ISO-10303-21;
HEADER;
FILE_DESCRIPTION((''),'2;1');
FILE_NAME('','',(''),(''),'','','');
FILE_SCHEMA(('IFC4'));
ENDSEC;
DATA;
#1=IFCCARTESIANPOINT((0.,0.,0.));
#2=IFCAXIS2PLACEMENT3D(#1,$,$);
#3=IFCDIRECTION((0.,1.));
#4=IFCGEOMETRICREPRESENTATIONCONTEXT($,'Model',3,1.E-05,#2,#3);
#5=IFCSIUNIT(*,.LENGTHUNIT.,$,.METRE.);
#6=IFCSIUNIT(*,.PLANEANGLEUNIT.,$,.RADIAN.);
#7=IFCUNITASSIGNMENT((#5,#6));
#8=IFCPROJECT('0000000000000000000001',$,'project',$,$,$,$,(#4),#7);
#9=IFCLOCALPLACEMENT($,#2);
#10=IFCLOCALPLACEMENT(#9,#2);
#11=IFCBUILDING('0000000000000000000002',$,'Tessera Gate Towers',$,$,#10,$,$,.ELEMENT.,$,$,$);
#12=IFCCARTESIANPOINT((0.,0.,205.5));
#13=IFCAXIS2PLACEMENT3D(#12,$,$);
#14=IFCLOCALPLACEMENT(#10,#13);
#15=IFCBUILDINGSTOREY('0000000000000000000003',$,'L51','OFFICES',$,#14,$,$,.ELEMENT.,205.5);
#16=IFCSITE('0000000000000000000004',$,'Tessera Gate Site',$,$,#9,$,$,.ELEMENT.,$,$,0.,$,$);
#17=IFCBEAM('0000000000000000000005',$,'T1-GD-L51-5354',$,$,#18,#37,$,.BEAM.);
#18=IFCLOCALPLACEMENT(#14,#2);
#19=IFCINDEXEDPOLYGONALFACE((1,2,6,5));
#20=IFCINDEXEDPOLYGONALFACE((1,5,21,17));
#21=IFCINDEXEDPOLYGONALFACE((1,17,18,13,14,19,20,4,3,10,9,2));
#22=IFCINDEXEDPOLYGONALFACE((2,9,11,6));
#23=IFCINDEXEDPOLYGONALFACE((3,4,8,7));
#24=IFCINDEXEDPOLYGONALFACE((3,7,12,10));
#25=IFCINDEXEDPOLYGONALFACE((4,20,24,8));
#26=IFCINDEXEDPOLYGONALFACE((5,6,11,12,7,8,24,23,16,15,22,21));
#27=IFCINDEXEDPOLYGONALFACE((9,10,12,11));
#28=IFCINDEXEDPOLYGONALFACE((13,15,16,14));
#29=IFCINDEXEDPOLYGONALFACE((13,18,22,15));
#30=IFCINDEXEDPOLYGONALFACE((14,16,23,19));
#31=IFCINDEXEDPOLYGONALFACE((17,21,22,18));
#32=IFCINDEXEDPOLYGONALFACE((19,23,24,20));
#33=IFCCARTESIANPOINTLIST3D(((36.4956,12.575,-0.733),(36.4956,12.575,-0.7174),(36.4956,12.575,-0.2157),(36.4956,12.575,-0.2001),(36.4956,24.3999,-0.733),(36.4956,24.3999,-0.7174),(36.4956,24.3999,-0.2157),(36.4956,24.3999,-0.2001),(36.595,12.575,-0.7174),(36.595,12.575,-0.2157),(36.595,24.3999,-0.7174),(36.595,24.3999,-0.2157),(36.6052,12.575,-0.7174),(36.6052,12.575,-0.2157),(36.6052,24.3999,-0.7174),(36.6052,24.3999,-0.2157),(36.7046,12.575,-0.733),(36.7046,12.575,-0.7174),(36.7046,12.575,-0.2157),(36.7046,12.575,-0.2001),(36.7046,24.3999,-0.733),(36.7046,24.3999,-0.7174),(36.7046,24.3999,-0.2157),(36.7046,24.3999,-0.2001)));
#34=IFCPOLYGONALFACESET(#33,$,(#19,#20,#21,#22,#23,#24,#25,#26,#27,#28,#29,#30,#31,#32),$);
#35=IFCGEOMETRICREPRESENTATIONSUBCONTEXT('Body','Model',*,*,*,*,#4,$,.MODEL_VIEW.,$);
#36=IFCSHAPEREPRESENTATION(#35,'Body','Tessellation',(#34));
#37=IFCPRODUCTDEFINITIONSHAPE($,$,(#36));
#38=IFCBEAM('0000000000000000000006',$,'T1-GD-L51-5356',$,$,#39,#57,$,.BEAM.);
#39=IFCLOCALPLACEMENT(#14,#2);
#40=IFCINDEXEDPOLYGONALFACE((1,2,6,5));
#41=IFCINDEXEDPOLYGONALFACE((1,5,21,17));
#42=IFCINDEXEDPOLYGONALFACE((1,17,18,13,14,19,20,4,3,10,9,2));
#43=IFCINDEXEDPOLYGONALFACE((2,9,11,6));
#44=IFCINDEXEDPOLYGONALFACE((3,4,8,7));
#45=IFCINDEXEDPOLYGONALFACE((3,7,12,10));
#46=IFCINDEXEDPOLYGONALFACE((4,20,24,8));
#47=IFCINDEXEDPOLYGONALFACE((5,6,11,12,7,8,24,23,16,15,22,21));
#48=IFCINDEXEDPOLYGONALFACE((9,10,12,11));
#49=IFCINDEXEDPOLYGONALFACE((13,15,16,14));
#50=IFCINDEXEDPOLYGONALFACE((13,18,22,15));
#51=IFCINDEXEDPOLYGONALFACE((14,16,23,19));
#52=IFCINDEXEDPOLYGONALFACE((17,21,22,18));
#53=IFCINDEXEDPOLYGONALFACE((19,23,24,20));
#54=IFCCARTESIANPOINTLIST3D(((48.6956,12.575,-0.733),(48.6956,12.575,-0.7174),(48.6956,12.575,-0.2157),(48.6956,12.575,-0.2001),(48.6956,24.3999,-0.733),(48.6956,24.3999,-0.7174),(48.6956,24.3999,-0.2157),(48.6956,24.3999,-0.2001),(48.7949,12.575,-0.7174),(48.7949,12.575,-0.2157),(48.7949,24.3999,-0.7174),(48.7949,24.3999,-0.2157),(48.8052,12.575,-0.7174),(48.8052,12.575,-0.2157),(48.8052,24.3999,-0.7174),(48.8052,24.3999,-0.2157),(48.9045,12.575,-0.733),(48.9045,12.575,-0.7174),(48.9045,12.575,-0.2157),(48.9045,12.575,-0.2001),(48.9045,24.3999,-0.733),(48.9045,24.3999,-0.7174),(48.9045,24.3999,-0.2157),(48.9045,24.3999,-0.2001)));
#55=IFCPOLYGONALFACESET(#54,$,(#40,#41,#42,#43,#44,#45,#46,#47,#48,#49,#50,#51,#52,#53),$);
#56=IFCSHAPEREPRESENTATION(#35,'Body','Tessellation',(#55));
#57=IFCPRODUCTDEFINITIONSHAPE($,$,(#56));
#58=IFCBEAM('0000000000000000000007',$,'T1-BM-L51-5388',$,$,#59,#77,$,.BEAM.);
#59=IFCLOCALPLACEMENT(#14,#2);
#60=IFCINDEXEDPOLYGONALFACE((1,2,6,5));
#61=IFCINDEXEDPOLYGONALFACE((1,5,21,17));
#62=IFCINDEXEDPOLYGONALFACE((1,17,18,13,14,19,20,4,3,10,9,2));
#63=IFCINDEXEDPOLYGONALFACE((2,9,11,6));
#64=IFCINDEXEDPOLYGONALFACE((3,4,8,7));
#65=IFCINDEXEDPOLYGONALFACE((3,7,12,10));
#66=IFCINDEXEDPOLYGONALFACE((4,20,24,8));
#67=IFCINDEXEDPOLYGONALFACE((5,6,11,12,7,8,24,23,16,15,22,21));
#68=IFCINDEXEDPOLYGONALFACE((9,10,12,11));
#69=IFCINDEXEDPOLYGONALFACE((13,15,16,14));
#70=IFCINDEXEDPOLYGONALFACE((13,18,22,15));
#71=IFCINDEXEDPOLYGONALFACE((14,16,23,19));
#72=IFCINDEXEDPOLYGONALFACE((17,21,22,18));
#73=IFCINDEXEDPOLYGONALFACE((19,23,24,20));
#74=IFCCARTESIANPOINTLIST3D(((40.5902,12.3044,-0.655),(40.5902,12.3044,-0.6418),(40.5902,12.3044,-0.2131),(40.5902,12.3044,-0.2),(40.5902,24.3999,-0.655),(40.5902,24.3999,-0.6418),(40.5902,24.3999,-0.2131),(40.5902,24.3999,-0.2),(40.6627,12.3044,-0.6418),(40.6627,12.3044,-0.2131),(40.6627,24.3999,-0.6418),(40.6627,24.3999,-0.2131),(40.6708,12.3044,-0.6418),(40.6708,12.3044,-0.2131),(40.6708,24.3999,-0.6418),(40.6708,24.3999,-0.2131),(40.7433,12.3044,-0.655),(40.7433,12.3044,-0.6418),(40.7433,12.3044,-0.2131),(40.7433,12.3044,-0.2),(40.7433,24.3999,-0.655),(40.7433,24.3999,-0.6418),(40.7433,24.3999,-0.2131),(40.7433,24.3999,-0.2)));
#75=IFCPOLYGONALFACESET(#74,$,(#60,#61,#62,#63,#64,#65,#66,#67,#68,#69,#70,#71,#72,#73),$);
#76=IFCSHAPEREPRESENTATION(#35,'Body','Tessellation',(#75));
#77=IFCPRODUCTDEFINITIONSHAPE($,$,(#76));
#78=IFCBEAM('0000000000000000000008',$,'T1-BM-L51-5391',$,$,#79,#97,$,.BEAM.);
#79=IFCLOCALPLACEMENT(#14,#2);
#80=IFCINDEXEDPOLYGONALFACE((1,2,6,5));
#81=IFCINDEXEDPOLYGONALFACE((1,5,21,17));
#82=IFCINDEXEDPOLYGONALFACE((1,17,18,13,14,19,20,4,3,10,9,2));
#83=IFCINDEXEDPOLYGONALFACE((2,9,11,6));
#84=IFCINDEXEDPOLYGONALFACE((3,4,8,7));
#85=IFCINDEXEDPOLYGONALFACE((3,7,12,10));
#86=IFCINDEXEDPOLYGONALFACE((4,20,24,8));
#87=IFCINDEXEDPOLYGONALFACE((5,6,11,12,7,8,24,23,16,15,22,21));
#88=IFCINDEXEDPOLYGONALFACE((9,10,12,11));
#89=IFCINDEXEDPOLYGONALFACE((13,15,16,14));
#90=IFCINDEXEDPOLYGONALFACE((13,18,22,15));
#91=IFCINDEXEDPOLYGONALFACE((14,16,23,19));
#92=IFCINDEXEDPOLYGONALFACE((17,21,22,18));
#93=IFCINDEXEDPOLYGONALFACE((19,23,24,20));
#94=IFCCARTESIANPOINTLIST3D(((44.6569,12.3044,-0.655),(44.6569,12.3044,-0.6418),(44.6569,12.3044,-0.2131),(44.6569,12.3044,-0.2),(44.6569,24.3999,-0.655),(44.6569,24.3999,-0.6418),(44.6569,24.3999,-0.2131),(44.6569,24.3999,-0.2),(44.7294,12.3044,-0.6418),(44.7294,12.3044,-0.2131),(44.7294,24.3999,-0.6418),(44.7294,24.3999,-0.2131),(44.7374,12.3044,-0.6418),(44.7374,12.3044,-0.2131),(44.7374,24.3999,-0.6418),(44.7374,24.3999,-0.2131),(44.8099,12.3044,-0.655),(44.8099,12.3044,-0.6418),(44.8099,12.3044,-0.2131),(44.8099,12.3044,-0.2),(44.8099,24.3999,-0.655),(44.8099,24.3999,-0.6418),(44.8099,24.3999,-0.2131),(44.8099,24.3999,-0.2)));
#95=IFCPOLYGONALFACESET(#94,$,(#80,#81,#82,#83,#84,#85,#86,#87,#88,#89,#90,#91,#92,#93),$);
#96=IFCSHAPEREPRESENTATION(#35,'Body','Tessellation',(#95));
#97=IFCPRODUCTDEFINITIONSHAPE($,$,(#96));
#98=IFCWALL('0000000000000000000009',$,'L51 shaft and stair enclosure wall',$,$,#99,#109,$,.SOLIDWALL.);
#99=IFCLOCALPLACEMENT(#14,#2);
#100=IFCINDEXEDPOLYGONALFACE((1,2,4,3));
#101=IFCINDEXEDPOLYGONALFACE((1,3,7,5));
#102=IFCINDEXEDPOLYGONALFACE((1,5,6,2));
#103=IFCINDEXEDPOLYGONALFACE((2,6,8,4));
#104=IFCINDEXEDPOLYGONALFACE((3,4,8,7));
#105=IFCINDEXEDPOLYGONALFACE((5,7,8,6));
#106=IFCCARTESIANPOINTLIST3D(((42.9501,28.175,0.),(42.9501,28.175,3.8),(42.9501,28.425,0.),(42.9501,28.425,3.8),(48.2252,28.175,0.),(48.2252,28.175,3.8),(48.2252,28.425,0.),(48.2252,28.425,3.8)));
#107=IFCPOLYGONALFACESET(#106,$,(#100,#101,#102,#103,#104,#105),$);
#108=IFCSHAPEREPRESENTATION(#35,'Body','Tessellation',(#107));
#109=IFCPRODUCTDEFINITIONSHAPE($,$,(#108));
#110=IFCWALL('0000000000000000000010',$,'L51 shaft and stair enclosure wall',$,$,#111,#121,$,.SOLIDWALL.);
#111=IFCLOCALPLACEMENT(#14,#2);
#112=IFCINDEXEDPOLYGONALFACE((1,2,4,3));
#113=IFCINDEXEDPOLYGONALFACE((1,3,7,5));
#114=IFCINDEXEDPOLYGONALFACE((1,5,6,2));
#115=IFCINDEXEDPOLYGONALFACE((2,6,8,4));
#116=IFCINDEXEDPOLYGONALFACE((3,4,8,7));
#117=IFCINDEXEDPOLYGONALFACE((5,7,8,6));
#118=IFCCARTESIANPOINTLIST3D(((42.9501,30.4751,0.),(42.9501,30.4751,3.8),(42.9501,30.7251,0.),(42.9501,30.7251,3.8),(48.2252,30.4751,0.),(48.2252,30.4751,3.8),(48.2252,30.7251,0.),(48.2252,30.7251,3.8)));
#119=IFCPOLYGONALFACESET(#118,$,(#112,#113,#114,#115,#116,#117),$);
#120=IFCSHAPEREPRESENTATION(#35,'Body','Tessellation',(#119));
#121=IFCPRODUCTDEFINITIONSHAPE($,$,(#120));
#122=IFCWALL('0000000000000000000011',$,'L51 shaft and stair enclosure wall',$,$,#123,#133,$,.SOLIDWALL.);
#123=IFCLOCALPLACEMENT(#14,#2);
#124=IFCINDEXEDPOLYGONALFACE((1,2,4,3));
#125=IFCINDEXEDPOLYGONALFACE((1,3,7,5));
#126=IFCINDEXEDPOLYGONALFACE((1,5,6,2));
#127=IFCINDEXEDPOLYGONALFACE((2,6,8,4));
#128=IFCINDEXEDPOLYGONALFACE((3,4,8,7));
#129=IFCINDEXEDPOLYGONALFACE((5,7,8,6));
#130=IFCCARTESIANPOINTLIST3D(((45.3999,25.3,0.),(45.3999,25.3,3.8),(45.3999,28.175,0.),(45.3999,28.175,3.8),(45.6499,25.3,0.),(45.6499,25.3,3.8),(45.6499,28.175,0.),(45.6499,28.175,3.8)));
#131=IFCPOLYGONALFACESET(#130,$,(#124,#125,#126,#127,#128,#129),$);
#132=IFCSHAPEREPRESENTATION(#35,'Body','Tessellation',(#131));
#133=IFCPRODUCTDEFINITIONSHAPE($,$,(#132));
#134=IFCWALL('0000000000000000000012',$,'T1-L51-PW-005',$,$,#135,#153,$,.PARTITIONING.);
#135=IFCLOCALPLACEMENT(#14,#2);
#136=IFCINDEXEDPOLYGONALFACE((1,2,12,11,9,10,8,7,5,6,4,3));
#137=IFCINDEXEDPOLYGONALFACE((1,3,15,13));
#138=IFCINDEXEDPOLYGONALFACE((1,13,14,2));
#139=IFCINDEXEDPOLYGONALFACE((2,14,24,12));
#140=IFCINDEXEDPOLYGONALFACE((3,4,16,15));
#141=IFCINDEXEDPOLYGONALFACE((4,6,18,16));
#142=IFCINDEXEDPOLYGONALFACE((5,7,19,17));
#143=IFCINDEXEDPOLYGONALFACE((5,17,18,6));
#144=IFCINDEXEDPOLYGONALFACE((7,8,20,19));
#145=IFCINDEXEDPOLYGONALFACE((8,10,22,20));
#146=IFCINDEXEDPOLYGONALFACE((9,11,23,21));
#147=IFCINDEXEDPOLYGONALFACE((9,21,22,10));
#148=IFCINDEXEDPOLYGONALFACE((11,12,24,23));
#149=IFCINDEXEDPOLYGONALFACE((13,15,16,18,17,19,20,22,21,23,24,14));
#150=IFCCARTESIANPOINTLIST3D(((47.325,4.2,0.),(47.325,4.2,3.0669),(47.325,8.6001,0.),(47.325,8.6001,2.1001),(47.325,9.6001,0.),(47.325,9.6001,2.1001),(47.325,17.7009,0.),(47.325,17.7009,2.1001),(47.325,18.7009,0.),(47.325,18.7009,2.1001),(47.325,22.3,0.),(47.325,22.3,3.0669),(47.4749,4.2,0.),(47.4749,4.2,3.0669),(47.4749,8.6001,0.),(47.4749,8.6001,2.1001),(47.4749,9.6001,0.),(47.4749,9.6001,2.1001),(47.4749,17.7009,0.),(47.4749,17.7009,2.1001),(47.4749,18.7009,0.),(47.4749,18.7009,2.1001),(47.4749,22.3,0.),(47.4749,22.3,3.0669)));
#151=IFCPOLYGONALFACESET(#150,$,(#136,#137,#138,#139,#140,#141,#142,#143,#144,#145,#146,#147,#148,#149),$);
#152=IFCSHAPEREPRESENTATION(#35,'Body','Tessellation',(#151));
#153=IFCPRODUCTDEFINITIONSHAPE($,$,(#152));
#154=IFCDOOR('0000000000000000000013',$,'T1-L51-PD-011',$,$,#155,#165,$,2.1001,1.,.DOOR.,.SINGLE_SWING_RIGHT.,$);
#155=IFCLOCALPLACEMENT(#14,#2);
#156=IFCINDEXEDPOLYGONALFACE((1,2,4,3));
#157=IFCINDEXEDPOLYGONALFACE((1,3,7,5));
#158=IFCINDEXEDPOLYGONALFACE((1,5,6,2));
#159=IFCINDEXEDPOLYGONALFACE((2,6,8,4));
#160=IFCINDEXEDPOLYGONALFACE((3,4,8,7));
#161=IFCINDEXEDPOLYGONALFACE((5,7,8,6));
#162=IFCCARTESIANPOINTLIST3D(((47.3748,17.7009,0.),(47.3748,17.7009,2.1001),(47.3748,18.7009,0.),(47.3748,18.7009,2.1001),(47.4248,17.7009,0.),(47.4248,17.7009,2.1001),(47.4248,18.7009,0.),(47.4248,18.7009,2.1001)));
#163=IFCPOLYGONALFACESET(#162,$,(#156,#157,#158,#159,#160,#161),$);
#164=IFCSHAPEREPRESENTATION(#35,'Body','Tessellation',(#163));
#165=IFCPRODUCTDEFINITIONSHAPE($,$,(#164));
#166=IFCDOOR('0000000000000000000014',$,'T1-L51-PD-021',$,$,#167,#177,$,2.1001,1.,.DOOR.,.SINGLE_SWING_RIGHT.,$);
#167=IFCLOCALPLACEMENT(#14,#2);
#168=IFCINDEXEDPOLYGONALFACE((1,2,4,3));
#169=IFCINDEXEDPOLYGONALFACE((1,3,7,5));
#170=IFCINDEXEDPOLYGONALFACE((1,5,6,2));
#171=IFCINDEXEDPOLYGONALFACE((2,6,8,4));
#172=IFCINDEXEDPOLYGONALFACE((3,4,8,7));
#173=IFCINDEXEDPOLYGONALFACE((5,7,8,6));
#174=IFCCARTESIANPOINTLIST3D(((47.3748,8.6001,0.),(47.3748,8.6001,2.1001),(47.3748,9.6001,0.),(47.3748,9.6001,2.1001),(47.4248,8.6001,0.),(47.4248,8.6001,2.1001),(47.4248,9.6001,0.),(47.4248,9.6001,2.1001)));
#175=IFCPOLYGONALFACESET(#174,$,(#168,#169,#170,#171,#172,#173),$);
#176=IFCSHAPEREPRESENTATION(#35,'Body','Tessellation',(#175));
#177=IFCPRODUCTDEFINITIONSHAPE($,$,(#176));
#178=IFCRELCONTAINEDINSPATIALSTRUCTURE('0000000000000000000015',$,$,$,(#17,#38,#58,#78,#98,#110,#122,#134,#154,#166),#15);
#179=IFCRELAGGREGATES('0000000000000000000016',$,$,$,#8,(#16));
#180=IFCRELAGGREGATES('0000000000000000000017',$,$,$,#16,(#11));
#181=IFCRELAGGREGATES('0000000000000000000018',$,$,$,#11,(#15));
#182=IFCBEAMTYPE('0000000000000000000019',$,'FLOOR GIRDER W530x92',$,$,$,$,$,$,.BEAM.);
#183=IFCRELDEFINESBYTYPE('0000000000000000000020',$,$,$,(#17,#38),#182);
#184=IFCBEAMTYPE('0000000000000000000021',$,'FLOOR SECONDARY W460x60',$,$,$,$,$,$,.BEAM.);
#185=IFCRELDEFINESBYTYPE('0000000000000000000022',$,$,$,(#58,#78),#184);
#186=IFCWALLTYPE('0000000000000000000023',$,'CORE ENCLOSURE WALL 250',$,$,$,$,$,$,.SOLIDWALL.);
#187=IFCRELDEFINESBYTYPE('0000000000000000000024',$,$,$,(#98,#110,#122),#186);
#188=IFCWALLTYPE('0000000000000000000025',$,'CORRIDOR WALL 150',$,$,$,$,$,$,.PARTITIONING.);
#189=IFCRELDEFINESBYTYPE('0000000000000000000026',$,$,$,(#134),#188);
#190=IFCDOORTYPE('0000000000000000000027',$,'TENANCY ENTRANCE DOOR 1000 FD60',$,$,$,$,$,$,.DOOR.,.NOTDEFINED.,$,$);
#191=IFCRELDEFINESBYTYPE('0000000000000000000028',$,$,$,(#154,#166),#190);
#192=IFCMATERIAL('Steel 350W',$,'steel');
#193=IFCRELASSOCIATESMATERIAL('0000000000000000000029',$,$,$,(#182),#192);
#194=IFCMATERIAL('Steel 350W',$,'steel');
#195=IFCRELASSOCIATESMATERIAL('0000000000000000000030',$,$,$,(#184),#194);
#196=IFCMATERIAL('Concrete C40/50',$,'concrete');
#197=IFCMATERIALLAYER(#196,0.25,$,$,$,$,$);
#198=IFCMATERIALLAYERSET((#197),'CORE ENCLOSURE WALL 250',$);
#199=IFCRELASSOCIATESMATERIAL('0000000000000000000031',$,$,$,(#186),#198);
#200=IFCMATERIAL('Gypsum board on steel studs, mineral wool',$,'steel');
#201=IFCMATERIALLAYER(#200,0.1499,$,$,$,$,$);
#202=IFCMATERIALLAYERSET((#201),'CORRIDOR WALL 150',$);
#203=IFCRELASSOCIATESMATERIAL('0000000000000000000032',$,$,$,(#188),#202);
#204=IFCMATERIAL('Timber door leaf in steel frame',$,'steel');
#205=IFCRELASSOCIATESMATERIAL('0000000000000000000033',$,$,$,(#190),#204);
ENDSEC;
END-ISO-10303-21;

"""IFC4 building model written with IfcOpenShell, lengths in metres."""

from ifc_helpers import new_model, si_unit, direction, frame, frame_2d, origin, origin_2d, place, context, subcontext, project, spatial, rectangle, i_section, extrude, source, transform, mapped, material, layer, layer_set, material_profile, profile_set, type_object, element, fill, save


model = new_model("IFC4")

# Units and contexts
model_context = context("Model", 3, precision=1e-05, world=origin(), true_north=direction((0.0, 1.0)))
body_context = subcontext(model_context, "Body", "Model", "MODEL_VIEW")
ifc_project = project(units=[si_unit("LENGTHUNIT", "METRE"), si_unit("PLANEANGLEUNIT", "RADIAN")], contexts=[model_context])

# Site, building, storey
site_placement = place(None, origin())
site = spatial("IfcSite", under=ifc_project, at=site_placement, Name="Tessera Gate Site", CompositionType="ELEMENT", RefElevation=0.0)
building_placement = place(site_placement, origin())
building = spatial("IfcBuilding", under=site, at=building_placement, Name="Tessera Gate Towers", CompositionType="ELEMENT")
storey_placement = place(building_placement, frame((0.0, 0.0, 205.5)))
storey = spatial("IfcBuildingStorey", under=building, at=storey_placement, Name="L51", Description="OFFICES", CompositionType="ELEMENT", Elevation=205.5)

# Beams
ifc_material_1 = material(Name="Steel 350W", Category="steel")
ifc_material_profile_1 = material_profile(ifc_material_1, i_section(OverallWidth=0.209, OverallDepth=0.533, WebThickness=0.0103, FlangeThickness=0.0156, at=origin_2d()), Name="W530x92")
ifc_profile_set_1 = profile_set([ifc_material_profile_1], Name="Steel 350W")
beam_type_1 = type_object("IfcBeamType", Name="FLOOR GIRDER W530x92", PredefinedType="BEAM", material=ifc_profile_set_1)
for number, where, z_axis, x_axis, name in (
    (1, (36.6001, 12.575, -0.4666), (0.0, 1.0, 0.0), (-1.0, 0.0, 0.0), "T1-GD-L51-5354"),
    (2, (48.8, 12.575, -0.4666), (0.0, 1.0, 0.0), (-1.0, 0.0, 0.0), "T1-GD-L51-5356"),
):
    element("IfcBeam", number, at=place(storey_placement, frame(where, z_axis=z_axis, x_axis=x_axis)), inside=storey, type_object=beam_type_1, Name=name, PredefinedType="BEAM", context=body_context, shape_type="SweptSolid", body=[
        extrude(i_section(OverallWidth=0.209, OverallDepth=0.533, WebThickness=0.0103, FlangeThickness=0.0156, at=origin_2d()), origin(), (0.0, 0.0, 1.0), 11.825),
    ])
ifc_material_2 = material(Name="Steel 350W", Category="steel")
ifc_material_profile_2 = material_profile(ifc_material_2, i_section(OverallWidth=0.1531, OverallDepth=0.4551, WebThickness=0.0081, FlangeThickness=0.0132, at=origin_2d()), Name="W460x60")
ifc_profile_set_2 = profile_set([ifc_material_profile_2], Name="Steel 350W")
beam_type_2 = type_object("IfcBeamType", Name="FLOOR SECONDARY W460x60", PredefinedType="BEAM", material=ifc_profile_set_2)
for number, where, z_axis, x_axis, name in (
    (3, (40.6667, 12.3044, -0.4275), (0.0, 1.0, 0.0), (-1.0, 0.0, 0.0), "T1-BM-L51-5388"),
    (4, (44.7334, 12.3044, -0.4275), (0.0, 1.0, 0.0), (-1.0, 0.0, 0.0), "T1-BM-L51-5391"),
):
    element("IfcBeam", number, at=place(storey_placement, frame(where, z_axis=z_axis, x_axis=x_axis)), inside=storey, type_object=beam_type_2, Name=name, PredefinedType="BEAM", context=body_context, shape_type="SweptSolid", body=[
        extrude(i_section(OverallWidth=0.1531, OverallDepth=0.4551, WebThickness=0.0081, FlangeThickness=0.0132, at=origin_2d()), origin(), (0.0, 0.0, 1.0), 12.0955),
    ])

# Walls
ifc_material_3 = material(Name="Concrete C40/50", Category="concrete")
ifc_layer_1 = layer(ifc_material_3, 0.25)
ifc_layer_set_1 = layer_set([ifc_layer_1], Name="CORE ENCLOSURE WALL 250")
wall_type_1 = type_object("IfcWallType", Name="CORE ENCLOSURE WALL 250", PredefinedType="SOLIDWALL", material=ifc_layer_set_1)
for number, where, z_axis, x_axis, name in (
    (5, (42.95, 28.3, 0.0), (0.0, 0.0, 1.0), (1.0, 0.0, 0.0), "L51 shaft and stair enclosure wall"),
    (6, (42.95, 30.6001, 0.0), (0.0, 0.0, 1.0), (1.0, 0.0, 0.0), "L51 shaft and stair enclosure wall"),
):
    element("IfcWall", number, at=place(storey_placement, frame(where, z_axis=z_axis, x_axis=x_axis)), inside=storey, type_object=wall_type_1, Name=name, PredefinedType="SOLIDWALL", context=body_context, shape_type="SweptSolid", body=[
        extrude(rectangle(XDim=5.2751, YDim=0.25, at=frame_2d((2.6377, 0.0))), origin(), (0.0, 0.0, 1.0), 3.8),
    ])
wall_1_placement = place(storey_placement, frame((45.5249, 25.3, 0.0), z_axis=(0.0, 0.0, 1.0), x_axis=(0.0, 1.0, 0.0)))
element("IfcWall", 7, at=wall_1_placement, inside=storey, type_object=wall_type_1, Name="L51 shaft and stair enclosure wall", PredefinedType="SOLIDWALL", context=body_context, shape_type="SweptSolid", body=[
    extrude(rectangle(XDim=2.875, YDim=0.25, at=frame_2d((1.4375, 0.0))), origin(), (0.0, 0.0, 1.0), 3.8),
])

# Wall, openings, doors
ifc_material_4 = material(Name="Gypsum board on steel studs, mineral wool", Category="steel")
ifc_layer_2 = layer(ifc_material_4, 0.1499)
ifc_layer_set_2 = layer_set([ifc_layer_2], Name="CORRIDOR WALL 150")
wall_type_2 = type_object("IfcWallType", Name="CORRIDOR WALL 150", PredefinedType="PARTITIONING", material=ifc_layer_set_2)
wall_2_placement = place(storey_placement, frame((47.3999, 22.3, 0.0), z_axis=(0.0, 0.0, 1.0), x_axis=(0.0, -1.0, 0.0)))
wall_2 = element("IfcWall", 8, at=wall_2_placement, inside=storey, type_object=wall_type_2, Name="T1-L51-PW-005", PredefinedType="PARTITIONING", context=body_context, shape_type="SweptSolid", body=[
    extrude(rectangle(XDim=18.1001, YDim=0.1499, at=frame_2d((9.05, 0.0))), origin(), (0.0, 0.0, 1.0), 3.0669),
])
shared_shape_1 = source(origin(), body_context, "Body", "SweptSolid", [
    extrude(rectangle(XDim=1.0, YDim=2.1001, at=frame_2d((0.5, 1.05))), frame((0.0, 0.085, 0.0), z_axis=(0.0, -1.0, 0.0), x_axis=(1.0, 0.0, 0.0)), (0.0, 0.0, 1.0), 0.1699),
])
opening_1_placement = place(wall_2_placement, frame((3.5991, 0.0, 0.0)))
opening_1 = element("IfcOpeningElement", 9, at=opening_1_placement, cuts=wall_2, PredefinedType="OPENING", context=body_context, shape_type="MappedRepresentation", body=[
    mapped(shared_shape_1, transform((0.0, 0.0, 0.0), scale=1.0)),
])
opening_2_placement = place(wall_2_placement, frame((12.7, 0.0, 0.0)))
opening_2 = element("IfcOpeningElement", 10, at=opening_2_placement, cuts=wall_2, PredefinedType="OPENING", context=body_context, shape_type="MappedRepresentation", body=[
    mapped(shared_shape_1, transform((0.0, 0.0, 0.0), scale=1.0)),
])
ifc_material_5 = material(Name="Timber door leaf in steel frame", Category="steel")
door_type_1 = type_object("IfcDoorType", Name="TENANCY ENTRANCE DOOR 1000 FD60", OperationType="NOTDEFINED", PredefinedType="DOOR", material=ifc_material_5)
shared_shape_2 = source(origin(), body_context, "Body", "SweptSolid", [
    extrude(rectangle(XDim=1.0, YDim=2.1001, at=frame_2d((0.5, 1.05))), frame((0.0, 0.0249, 0.0), z_axis=(0.0, -1.0, 0.0), x_axis=(1.0, 0.0, 0.0)), (0.0, 0.0, 1.0), 0.05),
])
door_1_placement = place(opening_1_placement, origin())
door_1 = element("IfcDoor", 11, at=door_1_placement, inside=storey, type_object=door_type_1, Name="T1-L51-PD-011", OperationType="SINGLE_SWING_RIGHT", OverallHeight=2.1001, OverallWidth=1.0, PredefinedType="DOOR", context=body_context, shape_type="MappedRepresentation", body=[
    mapped(shared_shape_2, transform((0.0, 0.0, 0.0), scale=1.0)),
])
fill(opening_1, door_1)
door_2_placement = place(opening_2_placement, origin())
door_2 = element("IfcDoor", 12, at=door_2_placement, inside=storey, type_object=door_type_1, Name="T1-L51-PD-021", OperationType="SINGLE_SWING_RIGHT", OverallHeight=2.1001, OverallWidth=1.0, PredefinedType="DOOR", context=body_context, shape_type="MappedRepresentation", body=[
    mapped(shared_shape_2, transform((0.0, 0.0, 0.0), scale=1.0)),
])
fill(opening_2, door_2)

save(model, "model.ifc")
